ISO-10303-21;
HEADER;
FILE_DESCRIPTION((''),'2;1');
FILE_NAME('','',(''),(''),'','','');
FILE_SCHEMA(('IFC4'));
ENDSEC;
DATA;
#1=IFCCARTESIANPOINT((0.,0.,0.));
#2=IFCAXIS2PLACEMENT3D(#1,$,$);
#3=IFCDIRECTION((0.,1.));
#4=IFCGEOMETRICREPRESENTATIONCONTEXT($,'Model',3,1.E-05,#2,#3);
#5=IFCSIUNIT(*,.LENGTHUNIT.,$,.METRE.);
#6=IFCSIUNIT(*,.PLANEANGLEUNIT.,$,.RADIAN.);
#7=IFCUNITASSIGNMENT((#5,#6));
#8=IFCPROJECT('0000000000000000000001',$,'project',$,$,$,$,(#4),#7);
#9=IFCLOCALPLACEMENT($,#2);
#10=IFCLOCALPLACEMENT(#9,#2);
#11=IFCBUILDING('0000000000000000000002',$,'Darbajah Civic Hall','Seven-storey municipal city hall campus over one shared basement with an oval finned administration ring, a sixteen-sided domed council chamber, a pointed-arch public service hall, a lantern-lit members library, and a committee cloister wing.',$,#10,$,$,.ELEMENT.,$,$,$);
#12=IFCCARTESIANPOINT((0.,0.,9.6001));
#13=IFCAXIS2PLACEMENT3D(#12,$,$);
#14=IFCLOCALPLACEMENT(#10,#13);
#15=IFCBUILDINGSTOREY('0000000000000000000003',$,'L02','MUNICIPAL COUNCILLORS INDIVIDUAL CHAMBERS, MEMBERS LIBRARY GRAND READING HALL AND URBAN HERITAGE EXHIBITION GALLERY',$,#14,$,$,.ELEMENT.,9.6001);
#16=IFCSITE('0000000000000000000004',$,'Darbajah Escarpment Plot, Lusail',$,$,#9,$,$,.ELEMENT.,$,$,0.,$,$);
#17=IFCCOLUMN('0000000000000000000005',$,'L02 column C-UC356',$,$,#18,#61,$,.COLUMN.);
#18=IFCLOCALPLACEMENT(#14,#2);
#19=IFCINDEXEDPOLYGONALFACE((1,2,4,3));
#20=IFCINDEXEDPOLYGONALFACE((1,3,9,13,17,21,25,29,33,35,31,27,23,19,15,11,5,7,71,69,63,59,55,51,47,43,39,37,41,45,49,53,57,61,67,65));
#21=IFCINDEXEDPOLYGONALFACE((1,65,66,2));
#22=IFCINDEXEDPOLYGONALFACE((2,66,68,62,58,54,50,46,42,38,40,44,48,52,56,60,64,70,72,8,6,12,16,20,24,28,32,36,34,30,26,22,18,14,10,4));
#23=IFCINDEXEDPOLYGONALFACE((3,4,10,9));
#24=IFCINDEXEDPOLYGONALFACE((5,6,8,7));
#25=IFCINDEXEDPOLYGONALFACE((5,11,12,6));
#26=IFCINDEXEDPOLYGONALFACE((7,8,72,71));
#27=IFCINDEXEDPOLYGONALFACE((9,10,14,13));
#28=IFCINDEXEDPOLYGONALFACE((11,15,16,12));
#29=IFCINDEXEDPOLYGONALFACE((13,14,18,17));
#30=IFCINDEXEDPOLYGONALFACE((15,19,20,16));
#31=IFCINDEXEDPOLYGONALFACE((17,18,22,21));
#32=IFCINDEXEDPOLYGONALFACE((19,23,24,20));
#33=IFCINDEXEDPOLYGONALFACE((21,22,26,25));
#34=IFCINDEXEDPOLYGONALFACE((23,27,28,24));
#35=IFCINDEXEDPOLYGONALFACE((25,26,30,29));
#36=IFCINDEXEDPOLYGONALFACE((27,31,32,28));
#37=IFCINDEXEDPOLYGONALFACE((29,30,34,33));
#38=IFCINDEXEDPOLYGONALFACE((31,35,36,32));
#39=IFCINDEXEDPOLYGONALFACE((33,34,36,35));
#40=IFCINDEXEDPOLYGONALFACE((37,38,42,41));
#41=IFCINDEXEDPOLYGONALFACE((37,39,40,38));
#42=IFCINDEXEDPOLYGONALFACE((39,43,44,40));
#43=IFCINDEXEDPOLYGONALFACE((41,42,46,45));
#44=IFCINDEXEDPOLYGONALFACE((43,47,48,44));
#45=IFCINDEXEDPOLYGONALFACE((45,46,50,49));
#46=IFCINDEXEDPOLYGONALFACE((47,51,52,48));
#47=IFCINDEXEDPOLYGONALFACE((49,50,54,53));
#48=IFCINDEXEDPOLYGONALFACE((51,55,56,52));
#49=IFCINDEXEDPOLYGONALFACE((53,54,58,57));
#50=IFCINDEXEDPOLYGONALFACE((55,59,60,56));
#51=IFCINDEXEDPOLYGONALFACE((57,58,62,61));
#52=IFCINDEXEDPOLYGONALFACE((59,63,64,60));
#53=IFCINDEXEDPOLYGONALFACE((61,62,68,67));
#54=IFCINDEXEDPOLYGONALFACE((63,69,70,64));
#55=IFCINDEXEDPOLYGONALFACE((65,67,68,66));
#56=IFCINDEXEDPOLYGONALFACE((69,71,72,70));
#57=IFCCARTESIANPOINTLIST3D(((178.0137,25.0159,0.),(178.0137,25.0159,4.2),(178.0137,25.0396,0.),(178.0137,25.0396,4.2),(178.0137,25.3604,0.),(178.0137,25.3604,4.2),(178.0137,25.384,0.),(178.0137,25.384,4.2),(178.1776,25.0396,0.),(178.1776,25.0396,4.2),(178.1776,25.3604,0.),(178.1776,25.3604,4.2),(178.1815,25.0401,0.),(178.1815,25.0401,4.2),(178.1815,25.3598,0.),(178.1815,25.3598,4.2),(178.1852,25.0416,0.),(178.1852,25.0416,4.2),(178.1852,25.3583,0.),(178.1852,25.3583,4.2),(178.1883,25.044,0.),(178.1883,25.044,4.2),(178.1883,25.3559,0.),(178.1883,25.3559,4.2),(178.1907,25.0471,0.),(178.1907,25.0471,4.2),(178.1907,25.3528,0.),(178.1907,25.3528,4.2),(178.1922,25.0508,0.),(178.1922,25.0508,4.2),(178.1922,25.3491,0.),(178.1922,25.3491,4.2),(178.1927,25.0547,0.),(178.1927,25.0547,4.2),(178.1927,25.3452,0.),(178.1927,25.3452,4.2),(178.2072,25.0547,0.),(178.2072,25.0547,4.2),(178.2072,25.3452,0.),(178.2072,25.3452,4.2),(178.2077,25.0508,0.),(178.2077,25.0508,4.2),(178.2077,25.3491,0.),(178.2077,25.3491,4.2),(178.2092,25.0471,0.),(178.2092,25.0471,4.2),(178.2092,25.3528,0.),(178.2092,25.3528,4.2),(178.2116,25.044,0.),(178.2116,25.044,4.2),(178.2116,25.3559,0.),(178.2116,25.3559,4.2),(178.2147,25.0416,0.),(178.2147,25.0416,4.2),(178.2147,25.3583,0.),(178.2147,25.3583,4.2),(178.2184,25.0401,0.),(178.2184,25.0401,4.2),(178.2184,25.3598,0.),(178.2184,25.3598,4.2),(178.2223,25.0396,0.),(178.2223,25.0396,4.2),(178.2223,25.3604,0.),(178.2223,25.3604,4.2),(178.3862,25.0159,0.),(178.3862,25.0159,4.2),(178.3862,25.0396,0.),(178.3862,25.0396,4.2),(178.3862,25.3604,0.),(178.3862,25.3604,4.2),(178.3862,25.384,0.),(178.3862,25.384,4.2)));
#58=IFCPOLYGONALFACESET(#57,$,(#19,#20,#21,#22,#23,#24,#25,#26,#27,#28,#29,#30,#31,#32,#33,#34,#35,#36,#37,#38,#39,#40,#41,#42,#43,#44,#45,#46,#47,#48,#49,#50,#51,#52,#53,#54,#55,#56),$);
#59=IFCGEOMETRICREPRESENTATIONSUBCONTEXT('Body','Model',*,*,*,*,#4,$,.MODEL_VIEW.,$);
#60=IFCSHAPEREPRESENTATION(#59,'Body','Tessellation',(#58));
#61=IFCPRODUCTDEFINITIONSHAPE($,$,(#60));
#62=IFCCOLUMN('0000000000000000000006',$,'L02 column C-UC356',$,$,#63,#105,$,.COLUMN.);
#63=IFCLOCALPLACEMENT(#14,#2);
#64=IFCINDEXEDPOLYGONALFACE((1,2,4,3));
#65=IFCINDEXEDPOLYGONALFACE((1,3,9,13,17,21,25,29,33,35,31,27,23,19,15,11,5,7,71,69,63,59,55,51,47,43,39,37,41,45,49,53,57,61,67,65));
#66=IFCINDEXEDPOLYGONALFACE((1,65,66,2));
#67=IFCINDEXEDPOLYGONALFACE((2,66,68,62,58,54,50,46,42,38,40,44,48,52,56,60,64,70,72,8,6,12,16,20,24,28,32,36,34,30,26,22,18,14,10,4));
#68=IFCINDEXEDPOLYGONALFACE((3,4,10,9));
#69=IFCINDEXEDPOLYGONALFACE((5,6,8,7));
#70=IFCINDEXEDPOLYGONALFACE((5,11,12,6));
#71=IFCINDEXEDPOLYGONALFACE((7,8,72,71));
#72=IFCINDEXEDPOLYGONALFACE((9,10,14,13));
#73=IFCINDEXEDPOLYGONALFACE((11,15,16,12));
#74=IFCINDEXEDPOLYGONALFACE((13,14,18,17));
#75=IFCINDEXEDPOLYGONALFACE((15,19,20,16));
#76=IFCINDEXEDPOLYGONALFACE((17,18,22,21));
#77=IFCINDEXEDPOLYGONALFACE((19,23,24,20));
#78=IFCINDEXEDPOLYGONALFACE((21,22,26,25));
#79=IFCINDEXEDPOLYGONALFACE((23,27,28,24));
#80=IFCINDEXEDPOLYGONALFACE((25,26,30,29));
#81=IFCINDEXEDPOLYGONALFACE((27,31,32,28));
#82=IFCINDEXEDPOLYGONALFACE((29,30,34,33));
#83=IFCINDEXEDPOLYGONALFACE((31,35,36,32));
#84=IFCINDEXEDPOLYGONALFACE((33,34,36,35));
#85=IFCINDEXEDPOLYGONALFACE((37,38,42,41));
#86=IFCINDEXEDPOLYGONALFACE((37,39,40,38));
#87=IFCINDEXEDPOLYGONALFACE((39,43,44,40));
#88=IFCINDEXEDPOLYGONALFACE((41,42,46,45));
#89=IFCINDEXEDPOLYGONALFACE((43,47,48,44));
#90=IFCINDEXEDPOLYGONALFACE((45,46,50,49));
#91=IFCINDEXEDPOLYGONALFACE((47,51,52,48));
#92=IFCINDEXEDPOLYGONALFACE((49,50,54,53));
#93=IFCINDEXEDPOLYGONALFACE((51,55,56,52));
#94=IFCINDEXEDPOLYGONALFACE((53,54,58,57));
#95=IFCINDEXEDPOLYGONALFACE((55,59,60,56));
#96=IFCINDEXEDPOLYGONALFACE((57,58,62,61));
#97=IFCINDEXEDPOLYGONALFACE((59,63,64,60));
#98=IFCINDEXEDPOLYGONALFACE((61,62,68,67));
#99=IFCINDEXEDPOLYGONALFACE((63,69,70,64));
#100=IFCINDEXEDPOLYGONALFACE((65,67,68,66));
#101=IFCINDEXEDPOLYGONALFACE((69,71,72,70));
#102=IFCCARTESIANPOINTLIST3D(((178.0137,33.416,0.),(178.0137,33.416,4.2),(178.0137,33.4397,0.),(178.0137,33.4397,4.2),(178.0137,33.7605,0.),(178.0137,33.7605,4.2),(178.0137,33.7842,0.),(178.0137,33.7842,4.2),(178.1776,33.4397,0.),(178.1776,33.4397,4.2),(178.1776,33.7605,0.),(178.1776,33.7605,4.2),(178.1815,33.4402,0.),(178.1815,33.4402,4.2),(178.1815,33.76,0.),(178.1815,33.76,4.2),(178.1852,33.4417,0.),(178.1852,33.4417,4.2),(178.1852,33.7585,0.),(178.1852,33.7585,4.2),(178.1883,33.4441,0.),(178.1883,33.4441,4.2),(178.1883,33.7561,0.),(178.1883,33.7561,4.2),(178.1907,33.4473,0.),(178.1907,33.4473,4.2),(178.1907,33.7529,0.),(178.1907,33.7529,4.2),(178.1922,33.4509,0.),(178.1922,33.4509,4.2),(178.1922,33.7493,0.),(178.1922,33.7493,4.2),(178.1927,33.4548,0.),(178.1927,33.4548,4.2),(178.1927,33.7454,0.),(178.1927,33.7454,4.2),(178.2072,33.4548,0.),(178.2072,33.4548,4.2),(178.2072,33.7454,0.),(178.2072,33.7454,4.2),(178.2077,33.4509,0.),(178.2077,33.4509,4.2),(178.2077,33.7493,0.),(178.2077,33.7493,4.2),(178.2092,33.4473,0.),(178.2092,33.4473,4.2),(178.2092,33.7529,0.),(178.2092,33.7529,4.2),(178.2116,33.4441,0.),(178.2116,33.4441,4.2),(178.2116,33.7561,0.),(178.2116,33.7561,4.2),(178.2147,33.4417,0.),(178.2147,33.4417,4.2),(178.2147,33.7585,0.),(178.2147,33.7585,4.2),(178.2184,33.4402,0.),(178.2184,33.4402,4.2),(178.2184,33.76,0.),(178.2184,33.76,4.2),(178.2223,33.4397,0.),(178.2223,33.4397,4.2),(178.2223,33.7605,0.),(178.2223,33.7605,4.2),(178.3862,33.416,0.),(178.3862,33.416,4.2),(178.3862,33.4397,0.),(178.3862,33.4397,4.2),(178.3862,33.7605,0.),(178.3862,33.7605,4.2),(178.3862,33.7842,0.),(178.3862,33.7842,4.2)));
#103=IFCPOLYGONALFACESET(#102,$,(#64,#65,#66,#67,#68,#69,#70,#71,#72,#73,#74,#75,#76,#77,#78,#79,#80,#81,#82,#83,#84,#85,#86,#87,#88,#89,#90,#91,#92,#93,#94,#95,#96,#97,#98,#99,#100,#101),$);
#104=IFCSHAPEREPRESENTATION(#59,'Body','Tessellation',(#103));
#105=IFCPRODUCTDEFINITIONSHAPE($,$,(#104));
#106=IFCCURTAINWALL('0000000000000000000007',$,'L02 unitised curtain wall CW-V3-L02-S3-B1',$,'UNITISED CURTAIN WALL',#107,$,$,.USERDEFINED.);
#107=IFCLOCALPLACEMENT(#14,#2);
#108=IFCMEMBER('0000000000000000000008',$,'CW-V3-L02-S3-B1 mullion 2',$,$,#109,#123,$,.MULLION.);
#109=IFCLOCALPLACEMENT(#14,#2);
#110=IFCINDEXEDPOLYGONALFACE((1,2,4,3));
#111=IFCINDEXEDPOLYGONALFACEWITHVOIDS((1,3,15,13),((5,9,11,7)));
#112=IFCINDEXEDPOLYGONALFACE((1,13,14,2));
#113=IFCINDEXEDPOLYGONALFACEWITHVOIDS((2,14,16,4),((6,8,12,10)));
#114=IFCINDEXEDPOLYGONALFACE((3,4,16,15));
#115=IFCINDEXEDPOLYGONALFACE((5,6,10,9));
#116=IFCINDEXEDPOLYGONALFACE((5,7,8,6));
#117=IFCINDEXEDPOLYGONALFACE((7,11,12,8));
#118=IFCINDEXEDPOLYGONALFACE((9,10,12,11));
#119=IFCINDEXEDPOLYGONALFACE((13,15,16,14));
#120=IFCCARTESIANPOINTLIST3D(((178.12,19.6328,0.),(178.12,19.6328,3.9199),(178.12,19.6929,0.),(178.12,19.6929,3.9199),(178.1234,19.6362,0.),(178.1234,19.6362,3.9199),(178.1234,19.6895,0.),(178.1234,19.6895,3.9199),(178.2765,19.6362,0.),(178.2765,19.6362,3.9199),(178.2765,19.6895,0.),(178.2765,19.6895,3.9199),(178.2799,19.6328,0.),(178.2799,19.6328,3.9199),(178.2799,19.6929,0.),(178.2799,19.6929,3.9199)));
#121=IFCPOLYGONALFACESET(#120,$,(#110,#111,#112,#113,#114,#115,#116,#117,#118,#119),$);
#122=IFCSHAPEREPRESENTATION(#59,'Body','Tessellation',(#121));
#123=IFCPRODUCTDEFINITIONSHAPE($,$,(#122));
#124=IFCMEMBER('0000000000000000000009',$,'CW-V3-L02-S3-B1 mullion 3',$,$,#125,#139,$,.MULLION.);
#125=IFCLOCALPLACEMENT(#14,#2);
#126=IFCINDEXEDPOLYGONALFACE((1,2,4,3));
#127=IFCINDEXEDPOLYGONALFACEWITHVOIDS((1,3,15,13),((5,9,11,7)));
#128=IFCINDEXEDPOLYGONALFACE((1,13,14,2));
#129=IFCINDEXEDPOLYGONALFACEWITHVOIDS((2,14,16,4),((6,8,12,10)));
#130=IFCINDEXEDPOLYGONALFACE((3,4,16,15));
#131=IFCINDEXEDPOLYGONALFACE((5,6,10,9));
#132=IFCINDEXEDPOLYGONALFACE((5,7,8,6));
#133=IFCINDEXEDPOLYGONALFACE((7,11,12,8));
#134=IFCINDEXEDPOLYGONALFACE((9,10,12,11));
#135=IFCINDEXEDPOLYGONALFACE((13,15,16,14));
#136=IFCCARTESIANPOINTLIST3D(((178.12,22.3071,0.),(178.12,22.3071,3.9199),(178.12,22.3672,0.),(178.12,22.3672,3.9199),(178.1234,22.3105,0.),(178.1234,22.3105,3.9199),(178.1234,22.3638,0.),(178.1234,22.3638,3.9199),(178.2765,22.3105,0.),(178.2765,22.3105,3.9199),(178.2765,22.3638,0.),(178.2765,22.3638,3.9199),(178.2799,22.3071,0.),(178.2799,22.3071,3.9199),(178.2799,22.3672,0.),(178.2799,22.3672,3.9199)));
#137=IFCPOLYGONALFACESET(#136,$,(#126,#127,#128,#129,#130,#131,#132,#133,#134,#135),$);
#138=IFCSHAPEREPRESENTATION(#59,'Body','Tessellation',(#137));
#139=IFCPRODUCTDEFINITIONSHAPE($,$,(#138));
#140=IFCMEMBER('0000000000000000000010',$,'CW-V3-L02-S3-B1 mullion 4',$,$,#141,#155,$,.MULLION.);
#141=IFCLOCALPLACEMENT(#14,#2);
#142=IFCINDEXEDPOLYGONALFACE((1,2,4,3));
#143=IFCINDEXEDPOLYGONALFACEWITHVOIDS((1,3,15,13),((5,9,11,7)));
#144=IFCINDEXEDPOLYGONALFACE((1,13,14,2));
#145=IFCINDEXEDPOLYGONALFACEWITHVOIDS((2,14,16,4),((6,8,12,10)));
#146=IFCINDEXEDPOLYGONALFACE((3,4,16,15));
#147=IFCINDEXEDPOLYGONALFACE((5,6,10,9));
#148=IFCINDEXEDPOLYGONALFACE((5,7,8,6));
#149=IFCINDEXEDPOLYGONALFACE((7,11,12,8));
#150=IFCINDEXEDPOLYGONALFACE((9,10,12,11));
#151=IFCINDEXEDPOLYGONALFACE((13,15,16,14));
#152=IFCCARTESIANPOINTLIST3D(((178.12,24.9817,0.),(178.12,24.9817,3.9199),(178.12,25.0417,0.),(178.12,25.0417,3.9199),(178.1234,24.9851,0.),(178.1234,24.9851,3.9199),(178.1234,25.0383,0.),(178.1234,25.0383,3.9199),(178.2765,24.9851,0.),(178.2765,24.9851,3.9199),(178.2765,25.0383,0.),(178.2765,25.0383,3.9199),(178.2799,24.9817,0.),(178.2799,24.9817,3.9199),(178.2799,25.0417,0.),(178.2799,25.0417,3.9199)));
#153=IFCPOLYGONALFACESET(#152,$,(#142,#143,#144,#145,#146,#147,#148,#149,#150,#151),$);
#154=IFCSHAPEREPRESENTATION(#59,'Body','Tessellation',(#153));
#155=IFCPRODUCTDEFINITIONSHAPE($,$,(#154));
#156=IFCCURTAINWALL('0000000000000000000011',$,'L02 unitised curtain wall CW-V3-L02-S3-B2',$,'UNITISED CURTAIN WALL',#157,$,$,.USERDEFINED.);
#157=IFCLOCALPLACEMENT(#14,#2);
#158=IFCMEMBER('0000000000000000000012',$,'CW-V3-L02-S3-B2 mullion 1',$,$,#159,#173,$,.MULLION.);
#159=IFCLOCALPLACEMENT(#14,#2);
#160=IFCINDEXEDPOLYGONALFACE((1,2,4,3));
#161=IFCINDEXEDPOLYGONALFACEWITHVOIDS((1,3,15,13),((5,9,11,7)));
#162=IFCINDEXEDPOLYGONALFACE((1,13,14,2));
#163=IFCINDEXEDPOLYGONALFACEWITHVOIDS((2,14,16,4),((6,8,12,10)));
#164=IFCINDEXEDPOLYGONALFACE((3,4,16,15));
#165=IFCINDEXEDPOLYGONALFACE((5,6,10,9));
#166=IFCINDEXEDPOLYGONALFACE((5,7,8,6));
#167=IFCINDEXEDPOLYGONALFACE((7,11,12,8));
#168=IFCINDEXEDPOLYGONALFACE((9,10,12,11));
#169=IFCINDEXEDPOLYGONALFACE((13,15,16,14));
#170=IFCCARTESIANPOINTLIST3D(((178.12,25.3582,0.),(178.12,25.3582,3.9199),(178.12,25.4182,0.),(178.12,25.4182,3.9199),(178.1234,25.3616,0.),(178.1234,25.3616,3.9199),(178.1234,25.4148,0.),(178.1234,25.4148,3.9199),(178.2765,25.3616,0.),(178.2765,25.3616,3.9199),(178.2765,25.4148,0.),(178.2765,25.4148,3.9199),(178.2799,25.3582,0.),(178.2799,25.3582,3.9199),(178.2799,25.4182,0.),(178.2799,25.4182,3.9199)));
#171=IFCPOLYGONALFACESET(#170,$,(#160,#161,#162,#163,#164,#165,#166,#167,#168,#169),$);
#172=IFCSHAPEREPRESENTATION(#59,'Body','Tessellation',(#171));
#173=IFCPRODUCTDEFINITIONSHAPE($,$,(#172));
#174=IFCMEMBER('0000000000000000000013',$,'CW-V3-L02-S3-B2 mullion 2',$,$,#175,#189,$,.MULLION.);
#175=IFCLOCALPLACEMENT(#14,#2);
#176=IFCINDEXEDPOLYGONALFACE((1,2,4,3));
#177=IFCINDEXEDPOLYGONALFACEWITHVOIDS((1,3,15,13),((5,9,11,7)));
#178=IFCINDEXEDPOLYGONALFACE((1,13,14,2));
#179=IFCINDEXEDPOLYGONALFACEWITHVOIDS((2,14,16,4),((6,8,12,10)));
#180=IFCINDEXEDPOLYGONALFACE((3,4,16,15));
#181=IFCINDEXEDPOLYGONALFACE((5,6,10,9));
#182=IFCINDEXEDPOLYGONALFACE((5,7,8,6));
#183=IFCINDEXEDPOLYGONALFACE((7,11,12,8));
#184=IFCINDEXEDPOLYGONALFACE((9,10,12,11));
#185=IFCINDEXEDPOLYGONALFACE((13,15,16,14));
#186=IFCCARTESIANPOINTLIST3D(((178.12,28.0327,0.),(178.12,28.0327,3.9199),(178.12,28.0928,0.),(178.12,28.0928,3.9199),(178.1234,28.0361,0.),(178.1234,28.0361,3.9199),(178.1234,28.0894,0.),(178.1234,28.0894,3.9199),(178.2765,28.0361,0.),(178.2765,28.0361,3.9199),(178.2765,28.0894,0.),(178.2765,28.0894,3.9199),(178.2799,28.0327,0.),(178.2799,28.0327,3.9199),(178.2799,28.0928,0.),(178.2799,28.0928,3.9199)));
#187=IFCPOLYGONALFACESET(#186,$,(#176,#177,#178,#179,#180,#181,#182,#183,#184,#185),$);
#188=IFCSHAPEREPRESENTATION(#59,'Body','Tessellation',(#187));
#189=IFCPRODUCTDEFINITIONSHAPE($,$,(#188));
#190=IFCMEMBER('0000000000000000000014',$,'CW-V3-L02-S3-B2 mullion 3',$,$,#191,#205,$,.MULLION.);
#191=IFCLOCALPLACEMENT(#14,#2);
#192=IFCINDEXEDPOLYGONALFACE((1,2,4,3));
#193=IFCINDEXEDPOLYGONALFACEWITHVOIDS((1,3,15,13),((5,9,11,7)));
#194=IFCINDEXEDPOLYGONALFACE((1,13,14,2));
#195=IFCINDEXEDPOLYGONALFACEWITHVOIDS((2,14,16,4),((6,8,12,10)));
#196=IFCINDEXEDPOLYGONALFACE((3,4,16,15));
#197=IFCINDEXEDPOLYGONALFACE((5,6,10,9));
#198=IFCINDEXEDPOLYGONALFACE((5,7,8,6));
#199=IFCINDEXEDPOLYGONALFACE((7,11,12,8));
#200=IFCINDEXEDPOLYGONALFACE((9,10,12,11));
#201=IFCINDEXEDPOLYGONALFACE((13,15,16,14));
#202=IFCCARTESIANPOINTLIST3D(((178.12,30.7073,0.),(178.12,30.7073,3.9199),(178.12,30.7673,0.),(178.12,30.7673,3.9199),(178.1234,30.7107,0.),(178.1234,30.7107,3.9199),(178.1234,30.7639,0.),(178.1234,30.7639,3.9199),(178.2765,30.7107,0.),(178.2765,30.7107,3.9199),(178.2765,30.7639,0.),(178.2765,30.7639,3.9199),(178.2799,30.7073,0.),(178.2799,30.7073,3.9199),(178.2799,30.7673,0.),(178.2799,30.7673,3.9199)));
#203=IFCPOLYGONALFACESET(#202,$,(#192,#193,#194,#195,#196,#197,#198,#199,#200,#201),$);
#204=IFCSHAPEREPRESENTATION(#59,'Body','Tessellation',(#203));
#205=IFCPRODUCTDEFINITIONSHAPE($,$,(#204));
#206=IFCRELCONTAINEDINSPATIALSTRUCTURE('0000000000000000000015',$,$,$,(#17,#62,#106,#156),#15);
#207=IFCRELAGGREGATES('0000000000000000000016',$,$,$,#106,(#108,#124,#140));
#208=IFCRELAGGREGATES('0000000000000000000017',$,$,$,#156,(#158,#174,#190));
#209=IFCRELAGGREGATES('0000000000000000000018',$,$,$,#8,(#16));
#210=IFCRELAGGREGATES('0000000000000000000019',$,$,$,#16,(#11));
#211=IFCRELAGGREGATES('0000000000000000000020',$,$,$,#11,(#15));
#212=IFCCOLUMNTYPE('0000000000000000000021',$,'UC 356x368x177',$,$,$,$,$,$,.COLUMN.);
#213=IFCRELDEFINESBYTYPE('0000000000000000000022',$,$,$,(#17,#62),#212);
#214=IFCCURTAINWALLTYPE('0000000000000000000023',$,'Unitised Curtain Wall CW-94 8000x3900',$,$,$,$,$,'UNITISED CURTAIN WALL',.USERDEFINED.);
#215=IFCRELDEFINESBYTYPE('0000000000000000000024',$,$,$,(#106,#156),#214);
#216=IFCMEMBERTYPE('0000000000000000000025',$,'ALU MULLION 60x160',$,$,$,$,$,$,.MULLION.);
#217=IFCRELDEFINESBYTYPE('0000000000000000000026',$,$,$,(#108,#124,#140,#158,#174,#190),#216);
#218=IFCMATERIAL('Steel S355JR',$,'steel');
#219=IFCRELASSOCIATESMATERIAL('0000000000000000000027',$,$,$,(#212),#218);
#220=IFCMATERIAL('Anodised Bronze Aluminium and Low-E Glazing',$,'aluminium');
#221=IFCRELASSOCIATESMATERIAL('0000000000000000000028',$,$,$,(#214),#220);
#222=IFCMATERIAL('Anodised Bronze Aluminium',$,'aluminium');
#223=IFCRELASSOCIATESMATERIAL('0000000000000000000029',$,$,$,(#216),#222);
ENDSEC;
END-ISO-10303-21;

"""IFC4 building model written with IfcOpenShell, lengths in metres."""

from ifc_helpers import new_model, si_unit, direction, frame, origin, origin_2d, place, context, subcontext, project, spatial, hollow_rectangle, i_section, extrude, material, material_profile, profile_set, type_object, element, aggregate, save


model = new_model("IFC4")

# Units and contexts
model_context = context("Model", 3, precision=1e-05, world=origin(), true_north=direction((0.0, 1.0)))
body_context = subcontext(model_context, "Body", "Model", "MODEL_VIEW")
ifc_project = project(units=[si_unit("LENGTHUNIT", "METRE"), si_unit("PLANEANGLEUNIT", "RADIAN")], contexts=[model_context])

# Site, building, storey
site_placement = place(None, origin())
site = spatial("IfcSite", under=ifc_project, at=site_placement, Name="Darbajah Escarpment Plot, Lusail", CompositionType="ELEMENT", RefElevation=0.0)
building_placement = place(site_placement, origin())
building = spatial("IfcBuilding", under=site, at=building_placement, Name="Darbajah Civic Hall", Description="Seven-storey municipal city hall campus over one shared basement with an oval finned administration ring, a sixteen-sided domed council chamber, a pointed-arch public service hall, a lantern-lit members library, and a committee cloister wing.", CompositionType="ELEMENT")
storey_placement = place(building_placement, frame((0.0, 0.0, 9.6001)))
storey = spatial("IfcBuildingStorey", under=building, at=storey_placement, Name="L02", Description="MUNICIPAL COUNCILLORS INDIVIDUAL CHAMBERS, MEMBERS LIBRARY GRAND READING HALL AND URBAN HERITAGE EXHIBITION GALLERY", CompositionType="ELEMENT", Elevation=9.6001)

# Columns
ifc_material_1 = material(Name="Steel S355JR", Category="steel")
ifc_material_profile_1 = material_profile(ifc_material_1, i_section(OverallWidth=0.3726, OverallDepth=0.3682, WebThickness=0.0144, FlangeThickness=0.0237, FilletRadius=0.0151, at=origin_2d()), Name="UC 356x368x177")
ifc_profile_set_1 = profile_set([ifc_material_profile_1], Name="Steel S355JR")
column_type = type_object("IfcColumnType", Name="UC 356x368x177", PredefinedType="COLUMN", material=ifc_profile_set_1)
for number, where, z_axis, x_axis, name in (
    (1, (178.2, 25.2, 0.0), (0.0, 0.0, 1.0), (1.0, 0.0, 0.0), "L02 column C-UC356"),
    (2, (178.2, 33.6001, 0.0), (0.0, 0.0, 1.0), (1.0, 0.0, 0.0), "L02 column C-UC356"),
):
    element("IfcColumn", number, at=place(storey_placement, frame(where, z_axis=z_axis, x_axis=x_axis)), inside=storey, type_object=column_type, Name=name, PredefinedType="COLUMN", context=body_context, shape_type="SweptSolid", body=[
        extrude(i_section(OverallWidth=0.3726, OverallDepth=0.3682, WebThickness=0.0144, FlangeThickness=0.0237, FilletRadius=0.0151, at=origin_2d()), origin(), (0.0, 0.0, 1.0), 4.2),
    ])

# Curtain walls, members
ifc_material_2 = material(Name="Anodised Bronze Aluminium and Low-E Glazing", Category="aluminium")
curtain_wall_type = type_object("IfcCurtainWallType", Name="Unitised Curtain Wall CW-94 8000x3900", ElementType="UNITISED CURTAIN WALL", PredefinedType="USERDEFINED", material=ifc_material_2)
curtain_wall_1_placement = place(storey_placement, origin())
curtain_wall_1 = element("IfcCurtainWall", 3, at=curtain_wall_1_placement, inside=storey, type_object=curtain_wall_type, Name="L02 unitised curtain wall CW-V3-L02-S3-B1", ObjectType="UNITISED CURTAIN WALL", PredefinedType="USERDEFINED")
ifc_material_3 = material(Name="Anodised Bronze Aluminium", Category="aluminium")
ifc_material_profile_2 = material_profile(ifc_material_3, hollow_rectangle(XDim=0.0601, YDim=0.1599, WallThickness=0.0034, at=origin_2d()), Name="ALU MULLION 60x160")
ifc_profile_set_2 = profile_set([ifc_material_profile_2], Name="Anodised Bronze Aluminium")
member_type_1 = type_object("IfcMemberType", Name="ALU MULLION 60x160", PredefinedType="MULLION", material=ifc_profile_set_2)
member_1_placement = place(storey_placement, frame((178.2, 19.6628, 0.0), z_axis=(0.0, 0.0, 1.0), x_axis=(0.0, 1.0, 0.0)))
member_1 = element("IfcMember", 4, at=member_1_placement, type_object=member_type_1, Name="CW-V3-L02-S3-B1 mullion 2", PredefinedType="MULLION", context=body_context, shape_type="SweptSolid", body=[
    extrude(hollow_rectangle(XDim=0.0601, YDim=0.1599, WallThickness=0.0034, at=origin_2d()), origin(), (0.0, 0.0, 1.0), 3.9199),
])
member_2_placement = place(storey_placement, frame((178.2, 22.3372, 0.0), z_axis=(0.0, 0.0, 1.0), x_axis=(0.0, 1.0, 0.0)))
member_2 = element("IfcMember", 5, at=member_2_placement, type_object=member_type_1, Name="CW-V3-L02-S3-B1 mullion 3", PredefinedType="MULLION", context=body_context, shape_type="SweptSolid", body=[
    extrude(hollow_rectangle(XDim=0.0601, YDim=0.1599, WallThickness=0.0034, at=origin_2d()), origin(), (0.0, 0.0, 1.0), 3.9199),
])
member_3_placement = place(storey_placement, frame((178.2, 25.0117, 0.0), z_axis=(0.0, 0.0, 1.0), x_axis=(0.0, 1.0, 0.0)))
member_3 = element("IfcMember", 6, at=member_3_placement, type_object=member_type_1, Name="CW-V3-L02-S3-B1 mullion 4", PredefinedType="MULLION", context=body_context, shape_type="SweptSolid", body=[
    extrude(hollow_rectangle(XDim=0.0601, YDim=0.1599, WallThickness=0.0034, at=origin_2d()), origin(), (0.0, 0.0, 1.0), 3.9199),
])
curtain_wall_2_placement = place(storey_placement, origin())
curtain_wall_2 = element("IfcCurtainWall", 7, at=curtain_wall_2_placement, inside=storey, type_object=curtain_wall_type, Name="L02 unitised curtain wall CW-V3-L02-S3-B2", ObjectType="UNITISED CURTAIN WALL", PredefinedType="USERDEFINED")
member_4_placement = place(storey_placement, frame((178.2, 25.3882, 0.0), z_axis=(0.0, 0.0, 1.0), x_axis=(0.0, 1.0, 0.0)))
member_4 = element("IfcMember", 8, at=member_4_placement, type_object=member_type_1, Name="CW-V3-L02-S3-B2 mullion 1", PredefinedType="MULLION", context=body_context, shape_type="SweptSolid", body=[
    extrude(hollow_rectangle(XDim=0.0601, YDim=0.1599, WallThickness=0.0034, at=origin_2d()), origin(), (0.0, 0.0, 1.0), 3.9199),
])
member_5_placement = place(storey_placement, frame((178.2, 28.0627, 0.0), z_axis=(0.0, 0.0, 1.0), x_axis=(0.0, 1.0, 0.0)))
member_5 = element("IfcMember", 9, at=member_5_placement, type_object=member_type_1, Name="CW-V3-L02-S3-B2 mullion 2", PredefinedType="MULLION", context=body_context, shape_type="SweptSolid", body=[
    extrude(hollow_rectangle(XDim=0.0601, YDim=0.1599, WallThickness=0.0034, at=origin_2d()), origin(), (0.0, 0.0, 1.0), 3.9199),
])
member_6_placement = place(storey_placement, frame((178.2, 30.7373, 0.0), z_axis=(0.0, 0.0, 1.0), x_axis=(0.0, 1.0, 0.0)))
member_6 = element("IfcMember", 10, at=member_6_placement, type_object=member_type_1, Name="CW-V3-L02-S3-B2 mullion 3", PredefinedType="MULLION", context=body_context, shape_type="SweptSolid", body=[
    extrude(hollow_rectangle(XDim=0.0601, YDim=0.1599, WallThickness=0.0034, at=origin_2d()), origin(), (0.0, 0.0, 1.0), 3.9199),
])

aggregate(curtain_wall_1, [member_1, member_2, member_3])
aggregate(curtain_wall_2, [member_4, member_5, member_6])

save(model, "model.ifc")
